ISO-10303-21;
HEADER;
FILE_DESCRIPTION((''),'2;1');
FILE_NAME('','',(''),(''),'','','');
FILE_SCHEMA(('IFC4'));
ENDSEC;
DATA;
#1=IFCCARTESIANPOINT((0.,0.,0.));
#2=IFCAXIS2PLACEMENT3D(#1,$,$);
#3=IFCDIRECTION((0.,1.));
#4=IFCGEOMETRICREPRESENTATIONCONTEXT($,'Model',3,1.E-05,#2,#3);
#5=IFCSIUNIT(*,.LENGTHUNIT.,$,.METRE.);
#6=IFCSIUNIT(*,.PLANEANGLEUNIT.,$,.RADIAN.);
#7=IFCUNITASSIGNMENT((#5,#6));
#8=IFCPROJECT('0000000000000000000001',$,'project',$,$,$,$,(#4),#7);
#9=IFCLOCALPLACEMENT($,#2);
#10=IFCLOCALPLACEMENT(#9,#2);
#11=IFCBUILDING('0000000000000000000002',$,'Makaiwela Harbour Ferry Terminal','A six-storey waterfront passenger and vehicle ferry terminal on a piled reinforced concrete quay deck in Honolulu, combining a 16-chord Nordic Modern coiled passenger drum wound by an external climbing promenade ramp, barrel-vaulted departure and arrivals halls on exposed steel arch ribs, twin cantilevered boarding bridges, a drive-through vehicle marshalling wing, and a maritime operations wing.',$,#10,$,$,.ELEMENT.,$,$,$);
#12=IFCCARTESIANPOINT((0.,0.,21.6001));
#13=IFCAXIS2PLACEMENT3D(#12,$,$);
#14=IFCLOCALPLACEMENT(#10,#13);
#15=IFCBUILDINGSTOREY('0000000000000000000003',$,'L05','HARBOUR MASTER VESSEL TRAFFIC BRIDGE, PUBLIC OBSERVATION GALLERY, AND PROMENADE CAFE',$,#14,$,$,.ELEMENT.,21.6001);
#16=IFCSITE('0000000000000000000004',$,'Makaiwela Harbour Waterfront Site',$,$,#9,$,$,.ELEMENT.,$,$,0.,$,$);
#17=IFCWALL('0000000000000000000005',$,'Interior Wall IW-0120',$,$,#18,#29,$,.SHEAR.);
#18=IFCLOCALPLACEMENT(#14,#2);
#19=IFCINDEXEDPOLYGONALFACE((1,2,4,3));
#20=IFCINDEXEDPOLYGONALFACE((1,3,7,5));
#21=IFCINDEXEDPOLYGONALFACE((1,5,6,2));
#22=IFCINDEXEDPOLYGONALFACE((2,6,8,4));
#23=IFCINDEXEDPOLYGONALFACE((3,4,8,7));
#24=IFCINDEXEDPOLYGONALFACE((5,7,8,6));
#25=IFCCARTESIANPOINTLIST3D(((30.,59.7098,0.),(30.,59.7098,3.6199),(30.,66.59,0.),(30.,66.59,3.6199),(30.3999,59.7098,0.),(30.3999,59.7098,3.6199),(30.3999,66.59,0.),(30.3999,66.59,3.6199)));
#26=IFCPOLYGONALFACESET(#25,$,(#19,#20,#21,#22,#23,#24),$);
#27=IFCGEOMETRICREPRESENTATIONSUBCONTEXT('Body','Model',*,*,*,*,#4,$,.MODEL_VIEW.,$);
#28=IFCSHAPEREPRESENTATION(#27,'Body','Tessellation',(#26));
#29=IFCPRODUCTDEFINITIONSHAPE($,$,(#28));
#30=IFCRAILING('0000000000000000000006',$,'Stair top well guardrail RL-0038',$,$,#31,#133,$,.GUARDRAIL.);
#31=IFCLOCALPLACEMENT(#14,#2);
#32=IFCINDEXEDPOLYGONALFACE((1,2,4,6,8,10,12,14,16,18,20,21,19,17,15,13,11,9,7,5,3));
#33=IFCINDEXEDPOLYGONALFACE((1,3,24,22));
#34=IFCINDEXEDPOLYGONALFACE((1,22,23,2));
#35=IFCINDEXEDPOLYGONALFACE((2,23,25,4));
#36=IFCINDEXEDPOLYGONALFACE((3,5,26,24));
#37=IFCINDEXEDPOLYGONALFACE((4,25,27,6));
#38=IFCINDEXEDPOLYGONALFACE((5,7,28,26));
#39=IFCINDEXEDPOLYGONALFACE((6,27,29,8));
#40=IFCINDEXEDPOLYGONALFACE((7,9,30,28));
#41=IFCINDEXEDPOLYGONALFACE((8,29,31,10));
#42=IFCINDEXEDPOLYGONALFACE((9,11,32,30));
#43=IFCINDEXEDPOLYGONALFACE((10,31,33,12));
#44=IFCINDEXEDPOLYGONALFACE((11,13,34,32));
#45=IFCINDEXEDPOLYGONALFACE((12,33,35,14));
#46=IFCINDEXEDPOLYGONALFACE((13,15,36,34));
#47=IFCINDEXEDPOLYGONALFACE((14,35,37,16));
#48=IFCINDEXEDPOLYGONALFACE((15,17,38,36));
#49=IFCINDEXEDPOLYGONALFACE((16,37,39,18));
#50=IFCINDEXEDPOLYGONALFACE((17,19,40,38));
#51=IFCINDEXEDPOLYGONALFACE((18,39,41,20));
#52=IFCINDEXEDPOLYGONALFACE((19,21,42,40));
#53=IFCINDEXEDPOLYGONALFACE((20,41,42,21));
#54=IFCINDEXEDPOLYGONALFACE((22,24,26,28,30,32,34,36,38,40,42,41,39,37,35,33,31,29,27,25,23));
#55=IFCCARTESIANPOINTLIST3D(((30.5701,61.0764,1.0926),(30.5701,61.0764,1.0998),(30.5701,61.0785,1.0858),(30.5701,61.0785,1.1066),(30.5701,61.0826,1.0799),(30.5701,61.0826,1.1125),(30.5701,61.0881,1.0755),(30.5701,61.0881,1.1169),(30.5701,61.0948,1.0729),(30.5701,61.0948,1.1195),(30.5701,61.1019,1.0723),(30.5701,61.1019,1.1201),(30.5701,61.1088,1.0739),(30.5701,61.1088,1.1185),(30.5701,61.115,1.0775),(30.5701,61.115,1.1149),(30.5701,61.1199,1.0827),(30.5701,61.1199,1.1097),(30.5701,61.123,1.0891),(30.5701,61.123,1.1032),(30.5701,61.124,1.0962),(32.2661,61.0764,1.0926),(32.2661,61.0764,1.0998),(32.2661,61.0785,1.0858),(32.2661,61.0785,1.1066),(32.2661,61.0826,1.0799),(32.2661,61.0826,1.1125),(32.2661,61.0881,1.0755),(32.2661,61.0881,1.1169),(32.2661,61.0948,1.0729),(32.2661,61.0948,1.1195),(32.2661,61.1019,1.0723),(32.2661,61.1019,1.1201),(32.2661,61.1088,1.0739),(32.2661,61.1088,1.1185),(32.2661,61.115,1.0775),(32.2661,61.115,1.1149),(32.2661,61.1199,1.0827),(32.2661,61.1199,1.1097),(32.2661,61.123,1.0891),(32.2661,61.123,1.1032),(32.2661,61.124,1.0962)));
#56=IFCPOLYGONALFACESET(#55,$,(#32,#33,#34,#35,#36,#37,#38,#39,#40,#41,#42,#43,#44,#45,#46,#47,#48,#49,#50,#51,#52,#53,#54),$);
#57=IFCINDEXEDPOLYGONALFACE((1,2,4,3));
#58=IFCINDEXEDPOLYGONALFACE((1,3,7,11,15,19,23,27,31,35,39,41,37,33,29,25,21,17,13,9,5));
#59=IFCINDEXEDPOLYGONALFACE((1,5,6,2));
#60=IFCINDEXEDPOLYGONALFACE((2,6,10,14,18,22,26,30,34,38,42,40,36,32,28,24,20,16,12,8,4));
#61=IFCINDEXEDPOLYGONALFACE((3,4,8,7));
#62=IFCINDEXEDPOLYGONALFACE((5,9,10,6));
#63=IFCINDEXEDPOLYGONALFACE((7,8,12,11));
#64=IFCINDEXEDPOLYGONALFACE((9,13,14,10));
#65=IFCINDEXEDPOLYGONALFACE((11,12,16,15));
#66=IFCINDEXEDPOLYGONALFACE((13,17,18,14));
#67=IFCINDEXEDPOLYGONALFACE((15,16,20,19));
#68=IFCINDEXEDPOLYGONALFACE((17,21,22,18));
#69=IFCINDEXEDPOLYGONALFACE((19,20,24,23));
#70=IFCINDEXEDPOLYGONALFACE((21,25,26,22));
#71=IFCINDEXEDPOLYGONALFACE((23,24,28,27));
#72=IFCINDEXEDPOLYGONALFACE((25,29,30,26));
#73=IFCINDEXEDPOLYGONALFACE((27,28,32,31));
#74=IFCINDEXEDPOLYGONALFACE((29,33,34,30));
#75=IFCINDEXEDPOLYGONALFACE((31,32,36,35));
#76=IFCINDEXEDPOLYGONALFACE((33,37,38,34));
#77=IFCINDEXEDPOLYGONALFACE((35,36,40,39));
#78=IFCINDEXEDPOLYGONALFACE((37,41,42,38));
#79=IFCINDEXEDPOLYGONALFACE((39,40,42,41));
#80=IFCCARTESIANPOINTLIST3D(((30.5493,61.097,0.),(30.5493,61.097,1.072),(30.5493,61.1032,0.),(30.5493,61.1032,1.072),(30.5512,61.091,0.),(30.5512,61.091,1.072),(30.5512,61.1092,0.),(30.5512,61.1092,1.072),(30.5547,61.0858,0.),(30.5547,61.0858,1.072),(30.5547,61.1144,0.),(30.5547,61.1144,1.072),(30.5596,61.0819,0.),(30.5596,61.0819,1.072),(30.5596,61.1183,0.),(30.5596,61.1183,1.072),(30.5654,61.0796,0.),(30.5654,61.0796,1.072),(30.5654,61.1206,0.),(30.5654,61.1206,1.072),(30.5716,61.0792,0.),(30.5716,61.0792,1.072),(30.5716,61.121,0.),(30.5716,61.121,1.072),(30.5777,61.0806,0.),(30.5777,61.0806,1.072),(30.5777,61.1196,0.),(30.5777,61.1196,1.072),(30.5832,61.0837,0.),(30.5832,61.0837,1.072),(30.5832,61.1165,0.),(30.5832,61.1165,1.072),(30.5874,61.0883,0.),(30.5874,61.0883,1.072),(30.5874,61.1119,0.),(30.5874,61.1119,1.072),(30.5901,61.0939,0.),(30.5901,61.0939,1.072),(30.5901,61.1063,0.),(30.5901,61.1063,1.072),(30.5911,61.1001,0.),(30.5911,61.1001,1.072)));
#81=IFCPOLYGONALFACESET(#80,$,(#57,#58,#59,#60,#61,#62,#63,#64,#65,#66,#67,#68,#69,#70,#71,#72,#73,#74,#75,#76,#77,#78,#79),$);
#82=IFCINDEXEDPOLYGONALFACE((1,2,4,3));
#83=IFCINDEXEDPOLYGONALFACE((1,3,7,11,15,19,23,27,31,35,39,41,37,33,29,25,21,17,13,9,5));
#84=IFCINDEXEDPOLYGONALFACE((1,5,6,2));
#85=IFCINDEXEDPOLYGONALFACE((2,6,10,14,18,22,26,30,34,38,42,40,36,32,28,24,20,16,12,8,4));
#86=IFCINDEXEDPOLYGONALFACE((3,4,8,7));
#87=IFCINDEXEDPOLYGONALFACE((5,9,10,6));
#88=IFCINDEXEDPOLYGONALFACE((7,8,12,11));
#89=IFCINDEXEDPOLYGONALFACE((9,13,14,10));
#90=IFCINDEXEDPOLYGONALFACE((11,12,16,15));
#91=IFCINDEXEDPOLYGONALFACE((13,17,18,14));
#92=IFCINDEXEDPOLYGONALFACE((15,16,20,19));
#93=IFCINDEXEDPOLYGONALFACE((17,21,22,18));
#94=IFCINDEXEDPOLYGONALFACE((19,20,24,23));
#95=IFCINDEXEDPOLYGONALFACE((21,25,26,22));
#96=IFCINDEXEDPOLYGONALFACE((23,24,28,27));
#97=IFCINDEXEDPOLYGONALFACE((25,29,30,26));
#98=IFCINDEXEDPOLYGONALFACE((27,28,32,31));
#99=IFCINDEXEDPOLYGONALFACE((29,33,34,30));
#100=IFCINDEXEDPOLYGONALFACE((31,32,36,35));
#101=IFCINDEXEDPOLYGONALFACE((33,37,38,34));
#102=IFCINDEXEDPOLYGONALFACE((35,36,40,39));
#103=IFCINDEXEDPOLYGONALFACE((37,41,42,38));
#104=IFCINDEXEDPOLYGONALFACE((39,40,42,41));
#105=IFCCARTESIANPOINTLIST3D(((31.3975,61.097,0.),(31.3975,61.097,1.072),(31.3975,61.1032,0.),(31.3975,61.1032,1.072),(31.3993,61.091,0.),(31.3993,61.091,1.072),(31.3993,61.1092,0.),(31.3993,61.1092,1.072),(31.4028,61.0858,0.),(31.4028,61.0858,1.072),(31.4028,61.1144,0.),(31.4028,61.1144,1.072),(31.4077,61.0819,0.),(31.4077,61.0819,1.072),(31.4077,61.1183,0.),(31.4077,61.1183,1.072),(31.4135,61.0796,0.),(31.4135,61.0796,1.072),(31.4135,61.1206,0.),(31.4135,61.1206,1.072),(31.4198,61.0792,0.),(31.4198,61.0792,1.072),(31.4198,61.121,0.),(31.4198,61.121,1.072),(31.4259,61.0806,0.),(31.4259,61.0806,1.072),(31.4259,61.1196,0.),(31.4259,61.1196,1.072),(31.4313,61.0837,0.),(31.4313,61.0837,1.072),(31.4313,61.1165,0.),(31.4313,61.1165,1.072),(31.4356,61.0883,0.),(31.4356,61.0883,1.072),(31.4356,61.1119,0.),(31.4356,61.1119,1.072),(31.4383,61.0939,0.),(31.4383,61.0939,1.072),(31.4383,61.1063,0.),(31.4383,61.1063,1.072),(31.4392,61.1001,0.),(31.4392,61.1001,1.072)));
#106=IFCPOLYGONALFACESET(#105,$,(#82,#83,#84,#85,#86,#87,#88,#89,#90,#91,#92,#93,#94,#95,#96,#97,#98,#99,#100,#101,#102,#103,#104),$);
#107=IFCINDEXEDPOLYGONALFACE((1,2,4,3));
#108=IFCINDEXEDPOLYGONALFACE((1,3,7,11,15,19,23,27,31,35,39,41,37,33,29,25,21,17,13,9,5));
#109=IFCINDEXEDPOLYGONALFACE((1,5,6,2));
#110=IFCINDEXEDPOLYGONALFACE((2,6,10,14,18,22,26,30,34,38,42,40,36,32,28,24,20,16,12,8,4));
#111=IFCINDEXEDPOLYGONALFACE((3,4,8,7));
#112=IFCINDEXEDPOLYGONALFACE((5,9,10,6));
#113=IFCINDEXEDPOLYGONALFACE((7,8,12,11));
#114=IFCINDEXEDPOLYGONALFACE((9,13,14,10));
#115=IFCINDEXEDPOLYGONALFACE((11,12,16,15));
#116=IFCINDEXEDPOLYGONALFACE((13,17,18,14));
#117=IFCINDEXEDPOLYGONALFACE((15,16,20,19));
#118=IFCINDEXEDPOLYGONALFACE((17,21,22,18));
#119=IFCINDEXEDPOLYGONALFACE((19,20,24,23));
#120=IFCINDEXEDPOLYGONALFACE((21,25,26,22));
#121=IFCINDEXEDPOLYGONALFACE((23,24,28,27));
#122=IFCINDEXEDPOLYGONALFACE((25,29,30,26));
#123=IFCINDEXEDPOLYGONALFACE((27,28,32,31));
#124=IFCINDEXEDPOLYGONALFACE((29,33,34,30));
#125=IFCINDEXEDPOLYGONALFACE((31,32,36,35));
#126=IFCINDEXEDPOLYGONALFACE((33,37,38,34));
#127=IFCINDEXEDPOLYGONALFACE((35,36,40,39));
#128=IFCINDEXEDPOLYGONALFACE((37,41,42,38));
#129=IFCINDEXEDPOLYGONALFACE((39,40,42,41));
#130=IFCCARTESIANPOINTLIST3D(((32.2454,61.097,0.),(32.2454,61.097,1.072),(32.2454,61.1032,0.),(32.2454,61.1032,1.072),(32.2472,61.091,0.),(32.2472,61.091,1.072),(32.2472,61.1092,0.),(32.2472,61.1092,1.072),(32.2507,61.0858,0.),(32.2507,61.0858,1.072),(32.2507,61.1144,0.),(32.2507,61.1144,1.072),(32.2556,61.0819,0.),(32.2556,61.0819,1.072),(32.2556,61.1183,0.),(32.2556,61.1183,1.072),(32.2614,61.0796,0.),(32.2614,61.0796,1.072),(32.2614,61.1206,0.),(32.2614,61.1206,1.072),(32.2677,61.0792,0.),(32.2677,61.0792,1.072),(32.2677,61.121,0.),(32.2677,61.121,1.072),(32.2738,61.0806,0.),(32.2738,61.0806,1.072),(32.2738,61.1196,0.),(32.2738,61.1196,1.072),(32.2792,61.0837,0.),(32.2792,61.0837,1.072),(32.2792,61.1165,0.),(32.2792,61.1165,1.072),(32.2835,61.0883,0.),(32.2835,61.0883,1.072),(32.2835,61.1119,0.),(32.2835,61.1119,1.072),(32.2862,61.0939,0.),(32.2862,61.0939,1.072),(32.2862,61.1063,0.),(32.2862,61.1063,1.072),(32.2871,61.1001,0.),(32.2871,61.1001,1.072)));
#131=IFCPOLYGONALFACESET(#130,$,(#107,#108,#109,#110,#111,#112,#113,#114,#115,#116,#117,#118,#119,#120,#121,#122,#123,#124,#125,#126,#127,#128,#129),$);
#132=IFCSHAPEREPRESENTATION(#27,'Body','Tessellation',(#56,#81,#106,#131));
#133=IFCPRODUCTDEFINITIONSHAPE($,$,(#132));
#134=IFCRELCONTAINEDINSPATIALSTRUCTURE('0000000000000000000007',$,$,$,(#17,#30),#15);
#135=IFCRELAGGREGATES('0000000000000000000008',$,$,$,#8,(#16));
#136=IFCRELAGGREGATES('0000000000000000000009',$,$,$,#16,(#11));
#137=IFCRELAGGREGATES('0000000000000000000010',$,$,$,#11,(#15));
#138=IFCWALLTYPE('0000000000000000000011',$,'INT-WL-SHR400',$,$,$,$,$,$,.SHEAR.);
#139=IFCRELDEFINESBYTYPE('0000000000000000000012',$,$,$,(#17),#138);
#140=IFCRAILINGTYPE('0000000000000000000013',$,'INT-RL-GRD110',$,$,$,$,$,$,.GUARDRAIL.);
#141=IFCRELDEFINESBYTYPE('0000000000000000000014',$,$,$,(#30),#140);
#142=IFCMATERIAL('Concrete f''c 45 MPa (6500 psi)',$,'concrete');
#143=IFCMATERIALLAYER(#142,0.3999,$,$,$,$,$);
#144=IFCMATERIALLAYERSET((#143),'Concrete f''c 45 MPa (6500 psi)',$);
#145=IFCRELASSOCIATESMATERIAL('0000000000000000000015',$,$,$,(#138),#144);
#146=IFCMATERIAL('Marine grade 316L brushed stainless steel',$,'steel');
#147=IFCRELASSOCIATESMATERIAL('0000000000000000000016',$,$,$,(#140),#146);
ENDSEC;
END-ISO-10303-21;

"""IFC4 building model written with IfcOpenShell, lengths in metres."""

from ifc_helpers import new_model, si_unit, direction, frame, frame_2d, origin, origin_2d, place, context, subcontext, project, spatial, rectangle, circle, extrude, material, layer, layer_set, type_object, element, save


model = new_model("IFC4")

# Units and contexts
model_context = context("Model", 3, precision=1e-05, world=origin(), true_north=direction((0.0, 1.0)))
body_context = subcontext(model_context, "Body", "Model", "MODEL_VIEW")
ifc_project = project(units=[si_unit("LENGTHUNIT", "METRE"), si_unit("PLANEANGLEUNIT", "RADIAN")], contexts=[model_context])

# Site, building, storey
site_placement = place(None, origin())
site = spatial("IfcSite", under=ifc_project, at=site_placement, Name="Makaiwela Harbour Waterfront Site", CompositionType="ELEMENT", RefElevation=0.0)
building_placement = place(site_placement, origin())
building = spatial("IfcBuilding", under=site, at=building_placement, Name="Makaiwela Harbour Ferry Terminal", Description="A six-storey waterfront passenger and vehicle ferry terminal on a piled reinforced concrete quay deck in Honolulu, combining a 16-chord Nordic Modern coiled passenger drum wound by an external climbing promenade ramp, barrel-vaulted departure and arrivals halls on exposed steel arch ribs, twin cantilevered boarding bridges, a drive-through vehicle marshalling wing, and a maritime operations wing.", CompositionType="ELEMENT")
storey_placement = place(building_placement, frame((0.0, 0.0, 21.6001)))
storey = spatial("IfcBuildingStorey", under=building, at=storey_placement, Name="L05", Description="HARBOUR MASTER VESSEL TRAFFIC BRIDGE, PUBLIC OBSERVATION GALLERY, AND PROMENADE CAFE", CompositionType="ELEMENT", Elevation=21.6001)

# Shared definitions
ifc_material_1 = material(Name="Concrete f'c 45 MPa (6500 psi)", Category="concrete")

# Shared definitions
ifc_layer_1 = layer(ifc_material_1, 0.3999)
ifc_layer_set_1 = layer_set([ifc_layer_1], Name="Concrete f'c 45 MPa (6500 psi)")
wall_type_1 = type_object("IfcWallType", Name="INT-WL-SHR400", PredefinedType="SHEAR", material=ifc_layer_set_1)
ifc_material_2 = material(Name="Marine grade 316L brushed stainless steel", Category="steel")

# Wall
wall_1_placement = place(storey_placement, frame((30.2, 59.71, 0.0), z_axis=(0.0, 0.0, 1.0), x_axis=(0.0, 1.0, 0.0)))
element("IfcWall", 1, at=wall_1_placement, inside=storey, type_object=wall_type_1, Name="Interior Wall IW-0120", PredefinedType="SHEAR", context=body_context, shape_type="SweptSolid", body=[
    extrude(rectangle(XDim=6.8801, YDim=0.3999, at=frame_2d((3.4399, 0.0))), origin(), (0.0, 0.0, 1.0), 3.6199),
])

# Railing
railing_type = type_object("IfcRailingType", Name="INT-RL-GRD110", PredefinedType="GUARDRAIL", material=ifc_material_2)
railing_placement = place(storey_placement, frame((30.5701, 61.1001, 0.0)))
element("IfcRailing", 2, at=railing_placement, inside=storey, type_object=railing_type, Name="Stair top well guardrail RL-0038", PredefinedType="GUARDRAIL", context=body_context, shape_type="SweptSolid", body=[
    extrude(circle(Radius=0.0239, at=origin_2d()), frame((0.0, 0.0, 1.0962), z_axis=(1.0, 0.0, 0.0), x_axis=(0.0, 1.0, 0.0)), (0.0, 0.0, 1.0), 1.696),
    extrude(circle(Radius=0.021, at=origin_2d()), origin(), (0.0, 0.0, 1.0), 1.072),
    extrude(circle(Radius=0.021, at=origin_2d()), frame((0.8481, 0.0, 0.0)), (0.0, 0.0, 1.0), 1.072),
    extrude(circle(Radius=0.021, at=origin_2d()), frame((1.696, 0.0, 0.0)), (0.0, 0.0, 1.0), 1.072),
])

save(model, "model.ifc")
